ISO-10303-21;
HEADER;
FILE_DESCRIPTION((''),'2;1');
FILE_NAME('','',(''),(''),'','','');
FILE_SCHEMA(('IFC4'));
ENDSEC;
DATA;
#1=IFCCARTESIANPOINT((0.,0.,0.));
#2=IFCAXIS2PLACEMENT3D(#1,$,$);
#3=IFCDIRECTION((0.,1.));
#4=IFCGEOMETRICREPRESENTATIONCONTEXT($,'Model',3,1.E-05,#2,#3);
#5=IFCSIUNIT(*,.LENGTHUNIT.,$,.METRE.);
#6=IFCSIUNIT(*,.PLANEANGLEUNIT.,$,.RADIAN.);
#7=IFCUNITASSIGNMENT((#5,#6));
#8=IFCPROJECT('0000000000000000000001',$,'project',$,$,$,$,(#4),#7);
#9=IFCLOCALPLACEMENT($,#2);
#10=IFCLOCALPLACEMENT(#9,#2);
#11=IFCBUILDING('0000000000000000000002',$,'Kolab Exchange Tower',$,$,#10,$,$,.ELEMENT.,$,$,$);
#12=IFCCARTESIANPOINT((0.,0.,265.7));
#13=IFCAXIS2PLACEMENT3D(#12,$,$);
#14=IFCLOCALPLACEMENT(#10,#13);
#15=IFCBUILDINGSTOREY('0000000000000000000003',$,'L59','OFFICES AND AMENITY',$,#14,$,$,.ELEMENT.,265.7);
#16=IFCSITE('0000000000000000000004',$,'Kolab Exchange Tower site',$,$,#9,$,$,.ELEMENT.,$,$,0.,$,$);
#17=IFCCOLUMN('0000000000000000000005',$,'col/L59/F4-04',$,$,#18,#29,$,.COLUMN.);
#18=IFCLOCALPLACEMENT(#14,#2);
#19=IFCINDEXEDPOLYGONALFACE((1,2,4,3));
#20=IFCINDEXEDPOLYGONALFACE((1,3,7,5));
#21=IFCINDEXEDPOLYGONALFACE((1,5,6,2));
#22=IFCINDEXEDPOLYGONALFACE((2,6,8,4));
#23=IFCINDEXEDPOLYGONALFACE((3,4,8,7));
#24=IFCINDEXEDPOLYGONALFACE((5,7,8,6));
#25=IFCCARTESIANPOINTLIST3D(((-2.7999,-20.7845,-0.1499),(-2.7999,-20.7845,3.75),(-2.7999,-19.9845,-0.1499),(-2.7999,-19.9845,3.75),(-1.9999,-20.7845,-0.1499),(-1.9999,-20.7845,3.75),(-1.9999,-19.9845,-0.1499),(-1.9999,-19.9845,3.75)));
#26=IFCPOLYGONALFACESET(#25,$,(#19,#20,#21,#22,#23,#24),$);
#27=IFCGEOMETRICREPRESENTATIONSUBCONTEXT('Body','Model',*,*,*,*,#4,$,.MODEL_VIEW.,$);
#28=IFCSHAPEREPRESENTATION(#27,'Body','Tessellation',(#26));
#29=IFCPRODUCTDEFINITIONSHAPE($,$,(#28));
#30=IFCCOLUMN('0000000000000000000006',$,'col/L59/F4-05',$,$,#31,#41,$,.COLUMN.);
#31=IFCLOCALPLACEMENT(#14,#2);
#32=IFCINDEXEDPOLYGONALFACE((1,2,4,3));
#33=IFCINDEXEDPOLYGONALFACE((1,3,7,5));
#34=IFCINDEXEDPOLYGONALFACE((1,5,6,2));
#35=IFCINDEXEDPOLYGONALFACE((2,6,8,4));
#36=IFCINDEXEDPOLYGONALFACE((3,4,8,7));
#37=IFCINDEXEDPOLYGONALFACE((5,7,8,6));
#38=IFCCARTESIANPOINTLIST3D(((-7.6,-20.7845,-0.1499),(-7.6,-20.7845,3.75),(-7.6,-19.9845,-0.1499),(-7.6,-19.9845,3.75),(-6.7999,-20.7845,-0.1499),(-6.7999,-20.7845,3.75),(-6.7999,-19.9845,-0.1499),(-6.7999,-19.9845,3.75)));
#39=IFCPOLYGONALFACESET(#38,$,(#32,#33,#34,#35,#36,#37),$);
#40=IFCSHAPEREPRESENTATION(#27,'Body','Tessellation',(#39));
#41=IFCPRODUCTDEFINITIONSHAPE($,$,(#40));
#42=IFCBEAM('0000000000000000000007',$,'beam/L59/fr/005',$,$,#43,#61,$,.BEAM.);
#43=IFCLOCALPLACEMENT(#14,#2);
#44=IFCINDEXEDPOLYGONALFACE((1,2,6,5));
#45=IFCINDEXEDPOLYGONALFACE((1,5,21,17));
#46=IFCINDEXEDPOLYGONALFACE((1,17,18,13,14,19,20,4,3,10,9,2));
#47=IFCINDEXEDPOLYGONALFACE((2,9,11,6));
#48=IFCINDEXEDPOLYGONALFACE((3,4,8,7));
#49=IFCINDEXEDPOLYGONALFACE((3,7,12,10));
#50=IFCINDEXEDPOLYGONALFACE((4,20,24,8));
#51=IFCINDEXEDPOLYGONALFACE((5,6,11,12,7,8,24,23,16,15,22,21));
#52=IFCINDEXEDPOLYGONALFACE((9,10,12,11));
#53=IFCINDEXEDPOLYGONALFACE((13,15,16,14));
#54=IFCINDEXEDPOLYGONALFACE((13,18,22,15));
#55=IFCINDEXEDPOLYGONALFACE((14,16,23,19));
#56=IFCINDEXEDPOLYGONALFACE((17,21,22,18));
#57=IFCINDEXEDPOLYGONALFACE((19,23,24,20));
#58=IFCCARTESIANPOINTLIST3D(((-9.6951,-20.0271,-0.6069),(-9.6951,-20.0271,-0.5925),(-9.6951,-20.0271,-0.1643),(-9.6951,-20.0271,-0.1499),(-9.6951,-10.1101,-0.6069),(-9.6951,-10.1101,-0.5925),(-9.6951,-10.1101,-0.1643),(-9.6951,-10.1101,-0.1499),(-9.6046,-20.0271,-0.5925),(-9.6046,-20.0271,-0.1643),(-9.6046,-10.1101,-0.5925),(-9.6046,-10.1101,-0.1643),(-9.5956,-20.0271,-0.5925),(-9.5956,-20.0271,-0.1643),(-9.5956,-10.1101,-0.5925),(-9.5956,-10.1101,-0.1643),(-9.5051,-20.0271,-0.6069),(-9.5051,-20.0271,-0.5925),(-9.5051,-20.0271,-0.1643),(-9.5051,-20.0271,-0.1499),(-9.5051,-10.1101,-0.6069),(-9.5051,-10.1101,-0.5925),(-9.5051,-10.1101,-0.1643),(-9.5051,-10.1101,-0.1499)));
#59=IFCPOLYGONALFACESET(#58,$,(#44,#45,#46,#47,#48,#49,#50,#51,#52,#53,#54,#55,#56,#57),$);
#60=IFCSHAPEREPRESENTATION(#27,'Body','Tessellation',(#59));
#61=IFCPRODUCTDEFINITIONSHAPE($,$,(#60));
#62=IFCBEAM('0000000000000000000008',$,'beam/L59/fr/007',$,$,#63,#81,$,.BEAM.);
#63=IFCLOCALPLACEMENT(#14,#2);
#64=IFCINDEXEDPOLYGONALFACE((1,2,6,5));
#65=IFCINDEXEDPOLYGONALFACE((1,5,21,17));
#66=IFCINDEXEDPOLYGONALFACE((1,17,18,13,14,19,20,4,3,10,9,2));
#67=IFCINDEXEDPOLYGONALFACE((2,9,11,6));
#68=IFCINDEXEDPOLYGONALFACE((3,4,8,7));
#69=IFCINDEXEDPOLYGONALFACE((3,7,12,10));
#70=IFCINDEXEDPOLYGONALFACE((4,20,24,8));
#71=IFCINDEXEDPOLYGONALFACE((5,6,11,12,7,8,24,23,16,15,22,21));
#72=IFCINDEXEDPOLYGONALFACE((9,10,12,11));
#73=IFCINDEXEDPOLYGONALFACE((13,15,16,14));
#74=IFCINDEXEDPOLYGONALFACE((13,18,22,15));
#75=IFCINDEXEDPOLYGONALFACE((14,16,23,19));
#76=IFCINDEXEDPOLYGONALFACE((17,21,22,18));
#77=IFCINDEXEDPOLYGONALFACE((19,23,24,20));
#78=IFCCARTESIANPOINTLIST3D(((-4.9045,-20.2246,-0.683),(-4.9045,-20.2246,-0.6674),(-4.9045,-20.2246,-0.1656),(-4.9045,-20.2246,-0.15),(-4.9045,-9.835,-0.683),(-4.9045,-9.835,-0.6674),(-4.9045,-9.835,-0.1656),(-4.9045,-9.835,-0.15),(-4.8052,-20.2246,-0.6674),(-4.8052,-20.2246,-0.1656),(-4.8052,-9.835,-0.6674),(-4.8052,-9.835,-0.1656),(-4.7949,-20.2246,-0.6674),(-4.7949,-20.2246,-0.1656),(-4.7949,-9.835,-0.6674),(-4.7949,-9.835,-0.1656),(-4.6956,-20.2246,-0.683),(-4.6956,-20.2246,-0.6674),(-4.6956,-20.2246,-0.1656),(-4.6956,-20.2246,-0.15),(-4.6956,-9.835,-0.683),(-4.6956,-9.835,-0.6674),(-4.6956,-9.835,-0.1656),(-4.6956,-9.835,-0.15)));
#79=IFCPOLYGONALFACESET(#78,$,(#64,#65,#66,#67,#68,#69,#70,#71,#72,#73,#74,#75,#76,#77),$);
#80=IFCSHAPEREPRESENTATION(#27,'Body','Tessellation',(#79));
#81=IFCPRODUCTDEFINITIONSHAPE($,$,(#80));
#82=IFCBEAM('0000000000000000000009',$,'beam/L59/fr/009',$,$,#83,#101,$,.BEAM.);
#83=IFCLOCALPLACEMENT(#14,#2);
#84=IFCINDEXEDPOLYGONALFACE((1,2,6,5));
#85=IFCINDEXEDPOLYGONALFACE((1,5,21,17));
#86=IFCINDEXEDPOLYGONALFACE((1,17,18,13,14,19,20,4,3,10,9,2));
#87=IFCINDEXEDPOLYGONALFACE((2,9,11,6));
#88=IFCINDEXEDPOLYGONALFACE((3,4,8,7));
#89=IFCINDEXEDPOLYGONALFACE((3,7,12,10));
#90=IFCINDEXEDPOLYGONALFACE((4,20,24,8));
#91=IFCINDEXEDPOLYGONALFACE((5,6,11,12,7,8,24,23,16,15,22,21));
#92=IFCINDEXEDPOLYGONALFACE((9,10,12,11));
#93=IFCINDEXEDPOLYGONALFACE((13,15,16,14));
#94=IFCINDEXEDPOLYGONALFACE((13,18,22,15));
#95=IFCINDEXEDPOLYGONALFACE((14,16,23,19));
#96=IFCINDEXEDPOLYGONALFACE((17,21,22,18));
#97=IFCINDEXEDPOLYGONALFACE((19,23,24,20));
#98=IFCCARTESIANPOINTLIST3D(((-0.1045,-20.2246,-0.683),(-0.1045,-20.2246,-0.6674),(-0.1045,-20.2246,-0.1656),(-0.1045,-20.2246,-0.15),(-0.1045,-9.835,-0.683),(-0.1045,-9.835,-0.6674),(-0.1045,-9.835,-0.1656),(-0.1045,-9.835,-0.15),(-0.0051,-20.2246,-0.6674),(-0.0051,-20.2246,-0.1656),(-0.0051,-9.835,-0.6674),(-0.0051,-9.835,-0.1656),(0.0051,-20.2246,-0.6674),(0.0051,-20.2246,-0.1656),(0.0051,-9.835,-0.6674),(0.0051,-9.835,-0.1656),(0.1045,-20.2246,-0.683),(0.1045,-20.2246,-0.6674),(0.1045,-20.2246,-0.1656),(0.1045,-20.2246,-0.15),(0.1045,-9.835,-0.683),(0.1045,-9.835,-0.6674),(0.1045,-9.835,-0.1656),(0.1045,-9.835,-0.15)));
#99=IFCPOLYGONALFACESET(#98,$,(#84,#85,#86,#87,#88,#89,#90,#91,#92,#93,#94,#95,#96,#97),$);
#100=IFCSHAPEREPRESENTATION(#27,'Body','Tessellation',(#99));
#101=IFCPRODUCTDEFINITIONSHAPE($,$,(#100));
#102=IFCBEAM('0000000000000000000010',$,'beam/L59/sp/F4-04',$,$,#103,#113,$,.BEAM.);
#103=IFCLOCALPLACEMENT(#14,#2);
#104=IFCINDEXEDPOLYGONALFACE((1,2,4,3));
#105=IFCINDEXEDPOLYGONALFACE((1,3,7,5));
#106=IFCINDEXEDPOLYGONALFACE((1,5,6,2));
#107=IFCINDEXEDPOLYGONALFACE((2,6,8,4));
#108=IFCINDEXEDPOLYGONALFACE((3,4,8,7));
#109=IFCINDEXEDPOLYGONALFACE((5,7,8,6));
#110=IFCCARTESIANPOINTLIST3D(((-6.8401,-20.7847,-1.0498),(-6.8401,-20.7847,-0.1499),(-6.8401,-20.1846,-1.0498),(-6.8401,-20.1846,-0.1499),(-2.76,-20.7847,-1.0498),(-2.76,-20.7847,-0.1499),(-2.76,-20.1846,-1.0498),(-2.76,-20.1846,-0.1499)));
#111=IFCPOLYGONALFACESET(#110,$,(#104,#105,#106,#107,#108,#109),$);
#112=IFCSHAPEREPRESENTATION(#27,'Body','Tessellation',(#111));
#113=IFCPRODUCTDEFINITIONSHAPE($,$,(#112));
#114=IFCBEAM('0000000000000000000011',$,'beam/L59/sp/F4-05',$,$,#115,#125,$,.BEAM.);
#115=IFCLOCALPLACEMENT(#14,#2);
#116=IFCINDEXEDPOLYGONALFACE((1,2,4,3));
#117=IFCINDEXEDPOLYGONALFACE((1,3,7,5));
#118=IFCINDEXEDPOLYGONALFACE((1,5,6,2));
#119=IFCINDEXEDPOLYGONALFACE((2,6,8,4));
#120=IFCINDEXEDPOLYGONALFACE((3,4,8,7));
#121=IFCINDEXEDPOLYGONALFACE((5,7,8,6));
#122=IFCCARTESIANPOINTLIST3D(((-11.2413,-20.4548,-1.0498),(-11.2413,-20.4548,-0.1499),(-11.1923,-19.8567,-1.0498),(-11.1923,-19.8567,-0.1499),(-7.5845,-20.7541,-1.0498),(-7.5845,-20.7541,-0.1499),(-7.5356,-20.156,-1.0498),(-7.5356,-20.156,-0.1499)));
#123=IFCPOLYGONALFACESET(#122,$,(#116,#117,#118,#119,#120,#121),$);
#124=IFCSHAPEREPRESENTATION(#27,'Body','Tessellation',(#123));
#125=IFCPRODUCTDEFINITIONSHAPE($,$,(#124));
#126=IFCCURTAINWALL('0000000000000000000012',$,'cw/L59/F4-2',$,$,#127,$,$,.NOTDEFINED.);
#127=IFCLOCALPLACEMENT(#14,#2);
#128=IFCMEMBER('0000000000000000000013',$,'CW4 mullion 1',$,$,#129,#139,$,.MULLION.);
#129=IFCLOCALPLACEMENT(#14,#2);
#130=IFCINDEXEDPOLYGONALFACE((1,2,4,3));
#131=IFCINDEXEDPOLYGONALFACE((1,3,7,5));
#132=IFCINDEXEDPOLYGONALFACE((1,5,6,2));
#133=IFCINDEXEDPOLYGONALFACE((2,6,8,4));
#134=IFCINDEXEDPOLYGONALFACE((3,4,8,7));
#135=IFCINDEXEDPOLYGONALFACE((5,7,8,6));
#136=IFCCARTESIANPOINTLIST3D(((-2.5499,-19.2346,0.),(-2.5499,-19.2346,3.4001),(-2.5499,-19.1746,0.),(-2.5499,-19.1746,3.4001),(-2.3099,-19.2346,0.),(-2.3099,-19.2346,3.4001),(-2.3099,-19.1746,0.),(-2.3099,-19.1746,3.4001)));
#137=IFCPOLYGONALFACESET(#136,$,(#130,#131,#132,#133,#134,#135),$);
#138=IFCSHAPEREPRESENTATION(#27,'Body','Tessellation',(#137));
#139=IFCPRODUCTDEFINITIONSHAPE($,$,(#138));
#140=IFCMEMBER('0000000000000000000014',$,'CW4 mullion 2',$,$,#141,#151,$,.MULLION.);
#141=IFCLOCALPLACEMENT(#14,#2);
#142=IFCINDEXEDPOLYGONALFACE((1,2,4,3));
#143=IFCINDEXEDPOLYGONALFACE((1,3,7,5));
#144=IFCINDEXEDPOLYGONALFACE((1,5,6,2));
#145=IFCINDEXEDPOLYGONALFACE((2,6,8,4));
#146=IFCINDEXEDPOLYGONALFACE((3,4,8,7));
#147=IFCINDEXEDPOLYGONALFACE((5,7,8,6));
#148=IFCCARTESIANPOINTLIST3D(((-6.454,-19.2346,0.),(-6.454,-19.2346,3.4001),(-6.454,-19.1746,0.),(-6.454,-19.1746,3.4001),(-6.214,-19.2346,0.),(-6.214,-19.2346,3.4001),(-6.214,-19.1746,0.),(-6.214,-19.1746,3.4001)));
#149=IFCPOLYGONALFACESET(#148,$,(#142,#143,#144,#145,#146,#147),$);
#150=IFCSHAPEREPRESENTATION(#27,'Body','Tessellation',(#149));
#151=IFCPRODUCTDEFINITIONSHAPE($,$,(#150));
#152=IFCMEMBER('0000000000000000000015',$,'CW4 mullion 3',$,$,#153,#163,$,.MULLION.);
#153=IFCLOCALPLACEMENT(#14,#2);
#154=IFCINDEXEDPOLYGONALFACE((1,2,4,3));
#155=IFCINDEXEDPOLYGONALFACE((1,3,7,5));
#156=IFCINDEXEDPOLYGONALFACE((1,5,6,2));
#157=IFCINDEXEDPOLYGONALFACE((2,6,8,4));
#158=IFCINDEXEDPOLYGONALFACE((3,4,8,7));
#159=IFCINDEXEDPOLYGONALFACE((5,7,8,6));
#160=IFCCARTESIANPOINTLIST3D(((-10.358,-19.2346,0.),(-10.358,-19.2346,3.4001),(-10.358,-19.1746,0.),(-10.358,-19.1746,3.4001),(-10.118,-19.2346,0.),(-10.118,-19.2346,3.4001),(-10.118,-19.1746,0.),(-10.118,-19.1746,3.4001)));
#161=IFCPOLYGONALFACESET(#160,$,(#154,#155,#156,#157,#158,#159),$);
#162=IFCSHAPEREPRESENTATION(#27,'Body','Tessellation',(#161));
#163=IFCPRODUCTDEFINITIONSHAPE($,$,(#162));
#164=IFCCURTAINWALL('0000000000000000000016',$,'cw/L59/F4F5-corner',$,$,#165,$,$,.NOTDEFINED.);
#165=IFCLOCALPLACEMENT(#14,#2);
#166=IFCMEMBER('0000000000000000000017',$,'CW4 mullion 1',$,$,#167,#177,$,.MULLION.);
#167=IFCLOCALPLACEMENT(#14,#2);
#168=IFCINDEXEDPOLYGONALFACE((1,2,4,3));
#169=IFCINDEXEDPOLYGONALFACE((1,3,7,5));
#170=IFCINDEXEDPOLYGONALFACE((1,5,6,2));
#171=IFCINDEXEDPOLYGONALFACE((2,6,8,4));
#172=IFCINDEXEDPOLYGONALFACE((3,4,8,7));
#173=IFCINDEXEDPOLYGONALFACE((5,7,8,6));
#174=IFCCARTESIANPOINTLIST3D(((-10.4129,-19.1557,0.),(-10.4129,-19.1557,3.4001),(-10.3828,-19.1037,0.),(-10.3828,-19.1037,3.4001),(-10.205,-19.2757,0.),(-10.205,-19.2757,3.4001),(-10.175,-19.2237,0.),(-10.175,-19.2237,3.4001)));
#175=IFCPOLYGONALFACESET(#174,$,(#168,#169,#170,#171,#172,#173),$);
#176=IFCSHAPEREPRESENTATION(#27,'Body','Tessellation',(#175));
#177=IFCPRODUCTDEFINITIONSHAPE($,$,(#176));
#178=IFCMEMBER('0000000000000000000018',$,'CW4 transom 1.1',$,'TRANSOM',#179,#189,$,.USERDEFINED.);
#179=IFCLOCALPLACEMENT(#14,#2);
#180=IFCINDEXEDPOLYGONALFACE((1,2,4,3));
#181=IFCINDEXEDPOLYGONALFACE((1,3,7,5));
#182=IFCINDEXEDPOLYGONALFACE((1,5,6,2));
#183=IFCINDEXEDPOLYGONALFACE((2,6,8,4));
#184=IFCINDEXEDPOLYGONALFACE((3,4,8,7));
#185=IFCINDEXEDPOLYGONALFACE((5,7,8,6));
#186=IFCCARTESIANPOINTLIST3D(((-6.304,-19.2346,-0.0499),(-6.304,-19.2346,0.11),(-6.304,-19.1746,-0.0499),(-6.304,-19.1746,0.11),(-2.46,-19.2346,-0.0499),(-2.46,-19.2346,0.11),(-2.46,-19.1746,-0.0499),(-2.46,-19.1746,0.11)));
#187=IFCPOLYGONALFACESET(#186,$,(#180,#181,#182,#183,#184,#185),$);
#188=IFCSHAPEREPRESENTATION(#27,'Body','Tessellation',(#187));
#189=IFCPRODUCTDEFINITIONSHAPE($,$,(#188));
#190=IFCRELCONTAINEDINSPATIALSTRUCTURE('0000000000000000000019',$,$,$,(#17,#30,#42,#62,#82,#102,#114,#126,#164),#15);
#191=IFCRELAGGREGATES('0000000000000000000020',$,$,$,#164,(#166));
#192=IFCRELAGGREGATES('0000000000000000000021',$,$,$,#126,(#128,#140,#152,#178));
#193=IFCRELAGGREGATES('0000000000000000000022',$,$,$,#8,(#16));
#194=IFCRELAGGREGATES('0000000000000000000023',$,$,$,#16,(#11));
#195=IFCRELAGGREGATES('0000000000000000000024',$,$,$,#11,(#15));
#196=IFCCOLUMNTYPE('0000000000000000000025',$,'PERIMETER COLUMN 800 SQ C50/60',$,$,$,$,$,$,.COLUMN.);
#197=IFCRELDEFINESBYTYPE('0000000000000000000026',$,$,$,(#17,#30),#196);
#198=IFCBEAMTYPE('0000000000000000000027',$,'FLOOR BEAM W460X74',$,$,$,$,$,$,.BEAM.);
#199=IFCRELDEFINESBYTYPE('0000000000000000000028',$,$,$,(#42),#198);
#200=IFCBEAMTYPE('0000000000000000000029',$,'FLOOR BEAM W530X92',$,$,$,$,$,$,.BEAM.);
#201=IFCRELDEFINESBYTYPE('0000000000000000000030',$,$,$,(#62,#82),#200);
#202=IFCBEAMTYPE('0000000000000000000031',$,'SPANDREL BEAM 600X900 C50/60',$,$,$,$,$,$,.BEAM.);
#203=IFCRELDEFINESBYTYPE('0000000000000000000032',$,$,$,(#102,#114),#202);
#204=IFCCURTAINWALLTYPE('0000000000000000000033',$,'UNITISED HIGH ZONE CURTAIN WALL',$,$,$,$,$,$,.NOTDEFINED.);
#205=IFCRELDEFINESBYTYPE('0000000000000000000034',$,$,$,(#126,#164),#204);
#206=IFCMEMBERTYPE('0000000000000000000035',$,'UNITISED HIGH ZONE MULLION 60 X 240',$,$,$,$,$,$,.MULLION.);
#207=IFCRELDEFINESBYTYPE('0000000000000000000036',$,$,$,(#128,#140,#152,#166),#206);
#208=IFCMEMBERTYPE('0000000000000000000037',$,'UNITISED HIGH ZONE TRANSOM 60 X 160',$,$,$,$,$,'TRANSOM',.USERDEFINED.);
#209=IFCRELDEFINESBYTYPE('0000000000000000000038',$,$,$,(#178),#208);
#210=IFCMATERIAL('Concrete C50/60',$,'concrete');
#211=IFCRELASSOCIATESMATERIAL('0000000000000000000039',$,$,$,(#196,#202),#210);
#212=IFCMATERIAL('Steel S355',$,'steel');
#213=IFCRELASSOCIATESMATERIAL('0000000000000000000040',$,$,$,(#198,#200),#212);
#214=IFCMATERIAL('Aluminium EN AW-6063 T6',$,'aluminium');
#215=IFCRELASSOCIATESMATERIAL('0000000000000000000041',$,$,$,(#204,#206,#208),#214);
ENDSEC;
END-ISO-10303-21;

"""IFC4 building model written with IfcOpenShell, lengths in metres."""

from ifc_helpers import new_model, si_unit, direction, frame, origin, origin_2d, place, context, subcontext, project, spatial, rectangle, i_section, extrude, material, material_profile, profile_set, type_object, element, aggregate, save


model = new_model("IFC4")

# Units and contexts
model_context = context("Model", 3, precision=1e-05, world=origin(), true_north=direction((0.0, 1.0)))
body_context = subcontext(model_context, "Body", "Model", "MODEL_VIEW")
ifc_project = project(units=[si_unit("LENGTHUNIT", "METRE"), si_unit("PLANEANGLEUNIT", "RADIAN")], contexts=[model_context])

# Site, building, storey
site_placement = place(None, origin())
site = spatial("IfcSite", under=ifc_project, at=site_placement, Name="Kolab Exchange Tower site", CompositionType="ELEMENT", RefElevation=0.0)
building_placement = place(site_placement, origin())
building = spatial("IfcBuilding", under=site, at=building_placement, Name="Kolab Exchange Tower", CompositionType="ELEMENT")
storey_placement = place(building_placement, frame((0.0, 0.0, 265.7)))
storey = spatial("IfcBuildingStorey", under=building, at=storey_placement, Name="L59", Description="OFFICES AND AMENITY", CompositionType="ELEMENT", Elevation=265.7)

# Columns
ifc_material_1 = material(Name="Concrete C50/60", Category="concrete")
ifc_material_profile_1 = material_profile(ifc_material_1, rectangle(XDim=0.8, YDim=0.8, at=origin_2d()), Name="RC800")
ifc_profile_set_1 = profile_set([ifc_material_profile_1], Name="Concrete C50/60")
column_type = type_object("IfcColumnType", Name="PERIMETER COLUMN 800 SQ C50/60", PredefinedType="COLUMN", material=ifc_profile_set_1)
for number, where, z_axis, x_axis, name in (
    (1, (-2.3999, -20.3845, -0.1499), (0.0, 0.0, 1.0), (1.0, 0.0, 0.0), "col/L59/F4-04"),
    (2, (-7.2, -20.3845, -0.1499), (0.0, 0.0, 1.0), (1.0, 0.0, 0.0), "col/L59/F4-05"),
):
    element("IfcColumn", number, at=place(storey_placement, frame(where, z_axis=z_axis, x_axis=x_axis)), inside=storey, type_object=column_type, Name=name, PredefinedType="COLUMN", context=body_context, shape_type="SweptSolid", body=[
        extrude(rectangle(XDim=0.8, YDim=0.8, at=origin_2d()), origin(), (0.0, 0.0, 1.0), 3.8999),
    ])

# Beams
ifc_material_2 = material(Name="Steel S355", Category="steel")
ifc_material_profile_2 = material_profile(ifc_material_2, i_section(OverallWidth=0.1899, OverallDepth=0.457, WebThickness=0.009, FlangeThickness=0.0144, at=origin_2d()), Name="W460X74")
ifc_profile_set_2 = profile_set([ifc_material_profile_2], Name="Steel S355")
beam_type_1 = type_object("IfcBeamType", Name="FLOOR BEAM W460X74", PredefinedType="BEAM", material=ifc_profile_set_2)
beam_1_placement = place(storey_placement, frame((-9.6001, -20.0271, -0.3784), z_axis=(0.0, 1.0, 0.0), x_axis=(-1.0, 0.0, 0.0)))
element("IfcBeam", 3, at=beam_1_placement, inside=storey, type_object=beam_type_1, Name="beam/L59/fr/005", PredefinedType="BEAM", context=body_context, shape_type="SweptSolid", body=[
    extrude(i_section(OverallWidth=0.1899, OverallDepth=0.457, WebThickness=0.009, FlangeThickness=0.0144, at=origin_2d()), origin(), (0.0, 0.0, 1.0), 9.917),
])
ifc_material_profile_3 = material_profile(ifc_material_2, i_section(OverallWidth=0.209, OverallDepth=0.533, WebThickness=0.0103, FlangeThickness=0.0156, at=origin_2d()), Name="W530X92")
ifc_profile_set_3 = profile_set([ifc_material_profile_3], Name="Steel S355")
beam_type_2 = type_object("IfcBeamType", Name="FLOOR BEAM W530X92", PredefinedType="BEAM", material=ifc_profile_set_3)
for number, where, z_axis, x_axis, name in (
    (4, (-4.8, -20.2246, -0.4165), (0.0, 1.0, 0.0), (-1.0, 0.0, 0.0), "beam/L59/fr/007"),
    (5, (0.0, -20.2246, -0.4165), (0.0, 1.0, 0.0), (-1.0, 0.0, 0.0), "beam/L59/fr/009"),
):
    element("IfcBeam", number, at=place(storey_placement, frame(where, z_axis=z_axis, x_axis=x_axis)), inside=storey, type_object=beam_type_2, Name=name, PredefinedType="BEAM", context=body_context, shape_type="SweptSolid", body=[
        extrude(i_section(OverallWidth=0.209, OverallDepth=0.533, WebThickness=0.0103, FlangeThickness=0.0156, at=origin_2d()), origin(), (0.0, 0.0, 1.0), 10.3896),
    ])
ifc_material_profile_4 = material_profile(ifc_material_1, rectangle(XDim=0.6001, YDim=0.8999, at=origin_2d()), Name="RC600X900")
ifc_profile_set_4 = profile_set([ifc_material_profile_4], Name="Concrete C50/60")
beam_type_3 = type_object("IfcBeamType", Name="SPANDREL BEAM 600X900 C50/60", PredefinedType="BEAM", material=ifc_profile_set_4)
beam_2_placement = place(storey_placement, frame((-2.76, -20.4846, -0.5999), z_axis=(-1.0, 0.0, 0.0), x_axis=(0.0, -1.0, 0.0)))
element("IfcBeam", 6, at=beam_2_placement, inside=storey, type_object=beam_type_3, Name="beam/L59/sp/F4-04", PredefinedType="BEAM", context=body_context, shape_type="SweptSolid", body=[
    extrude(rectangle(XDim=0.6001, YDim=0.8999, at=origin_2d()), origin(), (0.0, 0.0, 1.0), 4.0801),
])
beam_3_placement = place(storey_placement, frame((-7.5601, -20.4551, -0.5999), z_axis=(-0.996667, 0.081581, 0.0), x_axis=(-0.081581, -0.996667, 0.0)))
element("IfcBeam", 7, at=beam_3_placement, inside=storey, type_object=beam_type_3, Name="beam/L59/sp/F4-05", PredefinedType="BEAM", context=body_context, shape_type="SweptSolid", body=[
    extrude(rectangle(XDim=0.6001, YDim=0.8999, at=origin_2d()), origin(), (0.0, 0.0, 1.0), 3.6689),
])

# Curtain wall, members
ifc_material_3 = material(Name="Aluminium EN AW-6063 T6", Category="aluminium")
curtain_wall_type = type_object("IfcCurtainWallType", Name="UNITISED HIGH ZONE CURTAIN WALL", PredefinedType="NOTDEFINED", material=ifc_material_3)
curtain_wall_1_placement = place(storey_placement, origin())
curtain_wall_1 = element("IfcCurtainWall", 8, at=curtain_wall_1_placement, inside=storey, type_object=curtain_wall_type, Name="cw/L59/F4-2", PredefinedType="NOTDEFINED")
ifc_material_profile_5 = material_profile(ifc_material_3, rectangle(XDim=0.0601, YDim=0.24, at=origin_2d()), Name="RECT 60X240")
ifc_profile_set_5 = profile_set([ifc_material_profile_5], Name="Aluminium EN AW-6063 T6")
member_type_1 = type_object("IfcMemberType", Name="UNITISED HIGH ZONE MULLION 60 X 240", PredefinedType="MULLION", material=ifc_profile_set_5)
member_1_placement = place(storey_placement, frame((-2.4299, -19.2046, 0.0), z_axis=(0.0, 0.0, 1.0), x_axis=(0.0, -1.0, 0.0)))
member_1 = element("IfcMember", 9, at=member_1_placement, type_object=member_type_1, Name="CW4 mullion 1", PredefinedType="MULLION", context=body_context, shape_type="SweptSolid", body=[
    extrude(rectangle(XDim=0.0601, YDim=0.24, at=origin_2d()), origin(), (0.0, 0.0, 1.0), 3.4001),
])
member_2_placement = place(storey_placement, frame((-6.334, -19.2046, 0.0), z_axis=(0.0, 0.0, 1.0), x_axis=(0.0, -1.0, 0.0)))
member_2 = element("IfcMember", 10, at=member_2_placement, type_object=member_type_1, Name="CW4 mullion 2", PredefinedType="MULLION", context=body_context, shape_type="SweptSolid", body=[
    extrude(rectangle(XDim=0.0601, YDim=0.24, at=origin_2d()), origin(), (0.0, 0.0, 1.0), 3.4001),
])
member_3_placement = place(storey_placement, frame((-10.238, -19.2046, 0.0), z_axis=(0.0, 0.0, 1.0), x_axis=(0.0, -1.0, 0.0)))
member_3 = element("IfcMember", 11, at=member_3_placement, type_object=member_type_1, Name="CW4 mullion 3", PredefinedType="MULLION", context=body_context, shape_type="SweptSolid", body=[
    extrude(rectangle(XDim=0.0601, YDim=0.24, at=origin_2d()), origin(), (0.0, 0.0, 1.0), 3.4001),
])

# Curtain wall, member
curtain_wall_2_placement = place(storey_placement, origin())
curtain_wall_2 = element("IfcCurtainWall", 12, at=curtain_wall_2_placement, inside=storey, type_object=curtain_wall_type, Name="cw/L59/F4F5-corner", PredefinedType="NOTDEFINED")
member_4_placement = place(storey_placement, frame((-10.2939, -19.1897, 0.0), z_axis=(0.0, 0.0, 1.0), x_axis=(-0.5, -0.866025, 0.0)))
member_4 = element("IfcMember", 13, at=member_4_placement, type_object=member_type_1, Name="CW4 mullion 1", PredefinedType="MULLION", context=body_context, shape_type="SweptSolid", body=[
    extrude(rectangle(XDim=0.0601, YDim=0.24, at=origin_2d()), origin(), (0.0, 0.0, 1.0), 3.4001),
])

# Member
ifc_material_profile_6 = material_profile(ifc_material_3, rectangle(XDim=0.0601, YDim=0.1599, at=origin_2d()), Name="RECT 60X160")
ifc_profile_set_6 = profile_set([ifc_material_profile_6], Name="Aluminium EN AW-6063 T6")
member_type_2 = type_object("IfcMemberType", Name="UNITISED HIGH ZONE TRANSOM 60 X 160", ElementType="TRANSOM", PredefinedType="USERDEFINED", material=ifc_profile_set_6)
member_5_placement = place(storey_placement, frame((-2.46, -19.2046, 0.03), z_axis=(-1.0, 0.0, 0.0), x_axis=(0.0, -1.0, 0.0)))
member_5 = element("IfcMember", 14, at=member_5_placement, type_object=member_type_2, Name="CW4 transom 1.1", ObjectType="TRANSOM", PredefinedType="USERDEFINED", context=body_context, shape_type="SweptSolid", body=[
    extrude(rectangle(XDim=0.0601, YDim=0.1599, at=origin_2d()), origin(), (0.0, 0.0, 1.0), 3.844),
])
aggregate(curtain_wall_2, [member_4])

aggregate(curtain_wall_1, [member_1, member_2, member_3, member_5])

save(model, "model.ifc")
